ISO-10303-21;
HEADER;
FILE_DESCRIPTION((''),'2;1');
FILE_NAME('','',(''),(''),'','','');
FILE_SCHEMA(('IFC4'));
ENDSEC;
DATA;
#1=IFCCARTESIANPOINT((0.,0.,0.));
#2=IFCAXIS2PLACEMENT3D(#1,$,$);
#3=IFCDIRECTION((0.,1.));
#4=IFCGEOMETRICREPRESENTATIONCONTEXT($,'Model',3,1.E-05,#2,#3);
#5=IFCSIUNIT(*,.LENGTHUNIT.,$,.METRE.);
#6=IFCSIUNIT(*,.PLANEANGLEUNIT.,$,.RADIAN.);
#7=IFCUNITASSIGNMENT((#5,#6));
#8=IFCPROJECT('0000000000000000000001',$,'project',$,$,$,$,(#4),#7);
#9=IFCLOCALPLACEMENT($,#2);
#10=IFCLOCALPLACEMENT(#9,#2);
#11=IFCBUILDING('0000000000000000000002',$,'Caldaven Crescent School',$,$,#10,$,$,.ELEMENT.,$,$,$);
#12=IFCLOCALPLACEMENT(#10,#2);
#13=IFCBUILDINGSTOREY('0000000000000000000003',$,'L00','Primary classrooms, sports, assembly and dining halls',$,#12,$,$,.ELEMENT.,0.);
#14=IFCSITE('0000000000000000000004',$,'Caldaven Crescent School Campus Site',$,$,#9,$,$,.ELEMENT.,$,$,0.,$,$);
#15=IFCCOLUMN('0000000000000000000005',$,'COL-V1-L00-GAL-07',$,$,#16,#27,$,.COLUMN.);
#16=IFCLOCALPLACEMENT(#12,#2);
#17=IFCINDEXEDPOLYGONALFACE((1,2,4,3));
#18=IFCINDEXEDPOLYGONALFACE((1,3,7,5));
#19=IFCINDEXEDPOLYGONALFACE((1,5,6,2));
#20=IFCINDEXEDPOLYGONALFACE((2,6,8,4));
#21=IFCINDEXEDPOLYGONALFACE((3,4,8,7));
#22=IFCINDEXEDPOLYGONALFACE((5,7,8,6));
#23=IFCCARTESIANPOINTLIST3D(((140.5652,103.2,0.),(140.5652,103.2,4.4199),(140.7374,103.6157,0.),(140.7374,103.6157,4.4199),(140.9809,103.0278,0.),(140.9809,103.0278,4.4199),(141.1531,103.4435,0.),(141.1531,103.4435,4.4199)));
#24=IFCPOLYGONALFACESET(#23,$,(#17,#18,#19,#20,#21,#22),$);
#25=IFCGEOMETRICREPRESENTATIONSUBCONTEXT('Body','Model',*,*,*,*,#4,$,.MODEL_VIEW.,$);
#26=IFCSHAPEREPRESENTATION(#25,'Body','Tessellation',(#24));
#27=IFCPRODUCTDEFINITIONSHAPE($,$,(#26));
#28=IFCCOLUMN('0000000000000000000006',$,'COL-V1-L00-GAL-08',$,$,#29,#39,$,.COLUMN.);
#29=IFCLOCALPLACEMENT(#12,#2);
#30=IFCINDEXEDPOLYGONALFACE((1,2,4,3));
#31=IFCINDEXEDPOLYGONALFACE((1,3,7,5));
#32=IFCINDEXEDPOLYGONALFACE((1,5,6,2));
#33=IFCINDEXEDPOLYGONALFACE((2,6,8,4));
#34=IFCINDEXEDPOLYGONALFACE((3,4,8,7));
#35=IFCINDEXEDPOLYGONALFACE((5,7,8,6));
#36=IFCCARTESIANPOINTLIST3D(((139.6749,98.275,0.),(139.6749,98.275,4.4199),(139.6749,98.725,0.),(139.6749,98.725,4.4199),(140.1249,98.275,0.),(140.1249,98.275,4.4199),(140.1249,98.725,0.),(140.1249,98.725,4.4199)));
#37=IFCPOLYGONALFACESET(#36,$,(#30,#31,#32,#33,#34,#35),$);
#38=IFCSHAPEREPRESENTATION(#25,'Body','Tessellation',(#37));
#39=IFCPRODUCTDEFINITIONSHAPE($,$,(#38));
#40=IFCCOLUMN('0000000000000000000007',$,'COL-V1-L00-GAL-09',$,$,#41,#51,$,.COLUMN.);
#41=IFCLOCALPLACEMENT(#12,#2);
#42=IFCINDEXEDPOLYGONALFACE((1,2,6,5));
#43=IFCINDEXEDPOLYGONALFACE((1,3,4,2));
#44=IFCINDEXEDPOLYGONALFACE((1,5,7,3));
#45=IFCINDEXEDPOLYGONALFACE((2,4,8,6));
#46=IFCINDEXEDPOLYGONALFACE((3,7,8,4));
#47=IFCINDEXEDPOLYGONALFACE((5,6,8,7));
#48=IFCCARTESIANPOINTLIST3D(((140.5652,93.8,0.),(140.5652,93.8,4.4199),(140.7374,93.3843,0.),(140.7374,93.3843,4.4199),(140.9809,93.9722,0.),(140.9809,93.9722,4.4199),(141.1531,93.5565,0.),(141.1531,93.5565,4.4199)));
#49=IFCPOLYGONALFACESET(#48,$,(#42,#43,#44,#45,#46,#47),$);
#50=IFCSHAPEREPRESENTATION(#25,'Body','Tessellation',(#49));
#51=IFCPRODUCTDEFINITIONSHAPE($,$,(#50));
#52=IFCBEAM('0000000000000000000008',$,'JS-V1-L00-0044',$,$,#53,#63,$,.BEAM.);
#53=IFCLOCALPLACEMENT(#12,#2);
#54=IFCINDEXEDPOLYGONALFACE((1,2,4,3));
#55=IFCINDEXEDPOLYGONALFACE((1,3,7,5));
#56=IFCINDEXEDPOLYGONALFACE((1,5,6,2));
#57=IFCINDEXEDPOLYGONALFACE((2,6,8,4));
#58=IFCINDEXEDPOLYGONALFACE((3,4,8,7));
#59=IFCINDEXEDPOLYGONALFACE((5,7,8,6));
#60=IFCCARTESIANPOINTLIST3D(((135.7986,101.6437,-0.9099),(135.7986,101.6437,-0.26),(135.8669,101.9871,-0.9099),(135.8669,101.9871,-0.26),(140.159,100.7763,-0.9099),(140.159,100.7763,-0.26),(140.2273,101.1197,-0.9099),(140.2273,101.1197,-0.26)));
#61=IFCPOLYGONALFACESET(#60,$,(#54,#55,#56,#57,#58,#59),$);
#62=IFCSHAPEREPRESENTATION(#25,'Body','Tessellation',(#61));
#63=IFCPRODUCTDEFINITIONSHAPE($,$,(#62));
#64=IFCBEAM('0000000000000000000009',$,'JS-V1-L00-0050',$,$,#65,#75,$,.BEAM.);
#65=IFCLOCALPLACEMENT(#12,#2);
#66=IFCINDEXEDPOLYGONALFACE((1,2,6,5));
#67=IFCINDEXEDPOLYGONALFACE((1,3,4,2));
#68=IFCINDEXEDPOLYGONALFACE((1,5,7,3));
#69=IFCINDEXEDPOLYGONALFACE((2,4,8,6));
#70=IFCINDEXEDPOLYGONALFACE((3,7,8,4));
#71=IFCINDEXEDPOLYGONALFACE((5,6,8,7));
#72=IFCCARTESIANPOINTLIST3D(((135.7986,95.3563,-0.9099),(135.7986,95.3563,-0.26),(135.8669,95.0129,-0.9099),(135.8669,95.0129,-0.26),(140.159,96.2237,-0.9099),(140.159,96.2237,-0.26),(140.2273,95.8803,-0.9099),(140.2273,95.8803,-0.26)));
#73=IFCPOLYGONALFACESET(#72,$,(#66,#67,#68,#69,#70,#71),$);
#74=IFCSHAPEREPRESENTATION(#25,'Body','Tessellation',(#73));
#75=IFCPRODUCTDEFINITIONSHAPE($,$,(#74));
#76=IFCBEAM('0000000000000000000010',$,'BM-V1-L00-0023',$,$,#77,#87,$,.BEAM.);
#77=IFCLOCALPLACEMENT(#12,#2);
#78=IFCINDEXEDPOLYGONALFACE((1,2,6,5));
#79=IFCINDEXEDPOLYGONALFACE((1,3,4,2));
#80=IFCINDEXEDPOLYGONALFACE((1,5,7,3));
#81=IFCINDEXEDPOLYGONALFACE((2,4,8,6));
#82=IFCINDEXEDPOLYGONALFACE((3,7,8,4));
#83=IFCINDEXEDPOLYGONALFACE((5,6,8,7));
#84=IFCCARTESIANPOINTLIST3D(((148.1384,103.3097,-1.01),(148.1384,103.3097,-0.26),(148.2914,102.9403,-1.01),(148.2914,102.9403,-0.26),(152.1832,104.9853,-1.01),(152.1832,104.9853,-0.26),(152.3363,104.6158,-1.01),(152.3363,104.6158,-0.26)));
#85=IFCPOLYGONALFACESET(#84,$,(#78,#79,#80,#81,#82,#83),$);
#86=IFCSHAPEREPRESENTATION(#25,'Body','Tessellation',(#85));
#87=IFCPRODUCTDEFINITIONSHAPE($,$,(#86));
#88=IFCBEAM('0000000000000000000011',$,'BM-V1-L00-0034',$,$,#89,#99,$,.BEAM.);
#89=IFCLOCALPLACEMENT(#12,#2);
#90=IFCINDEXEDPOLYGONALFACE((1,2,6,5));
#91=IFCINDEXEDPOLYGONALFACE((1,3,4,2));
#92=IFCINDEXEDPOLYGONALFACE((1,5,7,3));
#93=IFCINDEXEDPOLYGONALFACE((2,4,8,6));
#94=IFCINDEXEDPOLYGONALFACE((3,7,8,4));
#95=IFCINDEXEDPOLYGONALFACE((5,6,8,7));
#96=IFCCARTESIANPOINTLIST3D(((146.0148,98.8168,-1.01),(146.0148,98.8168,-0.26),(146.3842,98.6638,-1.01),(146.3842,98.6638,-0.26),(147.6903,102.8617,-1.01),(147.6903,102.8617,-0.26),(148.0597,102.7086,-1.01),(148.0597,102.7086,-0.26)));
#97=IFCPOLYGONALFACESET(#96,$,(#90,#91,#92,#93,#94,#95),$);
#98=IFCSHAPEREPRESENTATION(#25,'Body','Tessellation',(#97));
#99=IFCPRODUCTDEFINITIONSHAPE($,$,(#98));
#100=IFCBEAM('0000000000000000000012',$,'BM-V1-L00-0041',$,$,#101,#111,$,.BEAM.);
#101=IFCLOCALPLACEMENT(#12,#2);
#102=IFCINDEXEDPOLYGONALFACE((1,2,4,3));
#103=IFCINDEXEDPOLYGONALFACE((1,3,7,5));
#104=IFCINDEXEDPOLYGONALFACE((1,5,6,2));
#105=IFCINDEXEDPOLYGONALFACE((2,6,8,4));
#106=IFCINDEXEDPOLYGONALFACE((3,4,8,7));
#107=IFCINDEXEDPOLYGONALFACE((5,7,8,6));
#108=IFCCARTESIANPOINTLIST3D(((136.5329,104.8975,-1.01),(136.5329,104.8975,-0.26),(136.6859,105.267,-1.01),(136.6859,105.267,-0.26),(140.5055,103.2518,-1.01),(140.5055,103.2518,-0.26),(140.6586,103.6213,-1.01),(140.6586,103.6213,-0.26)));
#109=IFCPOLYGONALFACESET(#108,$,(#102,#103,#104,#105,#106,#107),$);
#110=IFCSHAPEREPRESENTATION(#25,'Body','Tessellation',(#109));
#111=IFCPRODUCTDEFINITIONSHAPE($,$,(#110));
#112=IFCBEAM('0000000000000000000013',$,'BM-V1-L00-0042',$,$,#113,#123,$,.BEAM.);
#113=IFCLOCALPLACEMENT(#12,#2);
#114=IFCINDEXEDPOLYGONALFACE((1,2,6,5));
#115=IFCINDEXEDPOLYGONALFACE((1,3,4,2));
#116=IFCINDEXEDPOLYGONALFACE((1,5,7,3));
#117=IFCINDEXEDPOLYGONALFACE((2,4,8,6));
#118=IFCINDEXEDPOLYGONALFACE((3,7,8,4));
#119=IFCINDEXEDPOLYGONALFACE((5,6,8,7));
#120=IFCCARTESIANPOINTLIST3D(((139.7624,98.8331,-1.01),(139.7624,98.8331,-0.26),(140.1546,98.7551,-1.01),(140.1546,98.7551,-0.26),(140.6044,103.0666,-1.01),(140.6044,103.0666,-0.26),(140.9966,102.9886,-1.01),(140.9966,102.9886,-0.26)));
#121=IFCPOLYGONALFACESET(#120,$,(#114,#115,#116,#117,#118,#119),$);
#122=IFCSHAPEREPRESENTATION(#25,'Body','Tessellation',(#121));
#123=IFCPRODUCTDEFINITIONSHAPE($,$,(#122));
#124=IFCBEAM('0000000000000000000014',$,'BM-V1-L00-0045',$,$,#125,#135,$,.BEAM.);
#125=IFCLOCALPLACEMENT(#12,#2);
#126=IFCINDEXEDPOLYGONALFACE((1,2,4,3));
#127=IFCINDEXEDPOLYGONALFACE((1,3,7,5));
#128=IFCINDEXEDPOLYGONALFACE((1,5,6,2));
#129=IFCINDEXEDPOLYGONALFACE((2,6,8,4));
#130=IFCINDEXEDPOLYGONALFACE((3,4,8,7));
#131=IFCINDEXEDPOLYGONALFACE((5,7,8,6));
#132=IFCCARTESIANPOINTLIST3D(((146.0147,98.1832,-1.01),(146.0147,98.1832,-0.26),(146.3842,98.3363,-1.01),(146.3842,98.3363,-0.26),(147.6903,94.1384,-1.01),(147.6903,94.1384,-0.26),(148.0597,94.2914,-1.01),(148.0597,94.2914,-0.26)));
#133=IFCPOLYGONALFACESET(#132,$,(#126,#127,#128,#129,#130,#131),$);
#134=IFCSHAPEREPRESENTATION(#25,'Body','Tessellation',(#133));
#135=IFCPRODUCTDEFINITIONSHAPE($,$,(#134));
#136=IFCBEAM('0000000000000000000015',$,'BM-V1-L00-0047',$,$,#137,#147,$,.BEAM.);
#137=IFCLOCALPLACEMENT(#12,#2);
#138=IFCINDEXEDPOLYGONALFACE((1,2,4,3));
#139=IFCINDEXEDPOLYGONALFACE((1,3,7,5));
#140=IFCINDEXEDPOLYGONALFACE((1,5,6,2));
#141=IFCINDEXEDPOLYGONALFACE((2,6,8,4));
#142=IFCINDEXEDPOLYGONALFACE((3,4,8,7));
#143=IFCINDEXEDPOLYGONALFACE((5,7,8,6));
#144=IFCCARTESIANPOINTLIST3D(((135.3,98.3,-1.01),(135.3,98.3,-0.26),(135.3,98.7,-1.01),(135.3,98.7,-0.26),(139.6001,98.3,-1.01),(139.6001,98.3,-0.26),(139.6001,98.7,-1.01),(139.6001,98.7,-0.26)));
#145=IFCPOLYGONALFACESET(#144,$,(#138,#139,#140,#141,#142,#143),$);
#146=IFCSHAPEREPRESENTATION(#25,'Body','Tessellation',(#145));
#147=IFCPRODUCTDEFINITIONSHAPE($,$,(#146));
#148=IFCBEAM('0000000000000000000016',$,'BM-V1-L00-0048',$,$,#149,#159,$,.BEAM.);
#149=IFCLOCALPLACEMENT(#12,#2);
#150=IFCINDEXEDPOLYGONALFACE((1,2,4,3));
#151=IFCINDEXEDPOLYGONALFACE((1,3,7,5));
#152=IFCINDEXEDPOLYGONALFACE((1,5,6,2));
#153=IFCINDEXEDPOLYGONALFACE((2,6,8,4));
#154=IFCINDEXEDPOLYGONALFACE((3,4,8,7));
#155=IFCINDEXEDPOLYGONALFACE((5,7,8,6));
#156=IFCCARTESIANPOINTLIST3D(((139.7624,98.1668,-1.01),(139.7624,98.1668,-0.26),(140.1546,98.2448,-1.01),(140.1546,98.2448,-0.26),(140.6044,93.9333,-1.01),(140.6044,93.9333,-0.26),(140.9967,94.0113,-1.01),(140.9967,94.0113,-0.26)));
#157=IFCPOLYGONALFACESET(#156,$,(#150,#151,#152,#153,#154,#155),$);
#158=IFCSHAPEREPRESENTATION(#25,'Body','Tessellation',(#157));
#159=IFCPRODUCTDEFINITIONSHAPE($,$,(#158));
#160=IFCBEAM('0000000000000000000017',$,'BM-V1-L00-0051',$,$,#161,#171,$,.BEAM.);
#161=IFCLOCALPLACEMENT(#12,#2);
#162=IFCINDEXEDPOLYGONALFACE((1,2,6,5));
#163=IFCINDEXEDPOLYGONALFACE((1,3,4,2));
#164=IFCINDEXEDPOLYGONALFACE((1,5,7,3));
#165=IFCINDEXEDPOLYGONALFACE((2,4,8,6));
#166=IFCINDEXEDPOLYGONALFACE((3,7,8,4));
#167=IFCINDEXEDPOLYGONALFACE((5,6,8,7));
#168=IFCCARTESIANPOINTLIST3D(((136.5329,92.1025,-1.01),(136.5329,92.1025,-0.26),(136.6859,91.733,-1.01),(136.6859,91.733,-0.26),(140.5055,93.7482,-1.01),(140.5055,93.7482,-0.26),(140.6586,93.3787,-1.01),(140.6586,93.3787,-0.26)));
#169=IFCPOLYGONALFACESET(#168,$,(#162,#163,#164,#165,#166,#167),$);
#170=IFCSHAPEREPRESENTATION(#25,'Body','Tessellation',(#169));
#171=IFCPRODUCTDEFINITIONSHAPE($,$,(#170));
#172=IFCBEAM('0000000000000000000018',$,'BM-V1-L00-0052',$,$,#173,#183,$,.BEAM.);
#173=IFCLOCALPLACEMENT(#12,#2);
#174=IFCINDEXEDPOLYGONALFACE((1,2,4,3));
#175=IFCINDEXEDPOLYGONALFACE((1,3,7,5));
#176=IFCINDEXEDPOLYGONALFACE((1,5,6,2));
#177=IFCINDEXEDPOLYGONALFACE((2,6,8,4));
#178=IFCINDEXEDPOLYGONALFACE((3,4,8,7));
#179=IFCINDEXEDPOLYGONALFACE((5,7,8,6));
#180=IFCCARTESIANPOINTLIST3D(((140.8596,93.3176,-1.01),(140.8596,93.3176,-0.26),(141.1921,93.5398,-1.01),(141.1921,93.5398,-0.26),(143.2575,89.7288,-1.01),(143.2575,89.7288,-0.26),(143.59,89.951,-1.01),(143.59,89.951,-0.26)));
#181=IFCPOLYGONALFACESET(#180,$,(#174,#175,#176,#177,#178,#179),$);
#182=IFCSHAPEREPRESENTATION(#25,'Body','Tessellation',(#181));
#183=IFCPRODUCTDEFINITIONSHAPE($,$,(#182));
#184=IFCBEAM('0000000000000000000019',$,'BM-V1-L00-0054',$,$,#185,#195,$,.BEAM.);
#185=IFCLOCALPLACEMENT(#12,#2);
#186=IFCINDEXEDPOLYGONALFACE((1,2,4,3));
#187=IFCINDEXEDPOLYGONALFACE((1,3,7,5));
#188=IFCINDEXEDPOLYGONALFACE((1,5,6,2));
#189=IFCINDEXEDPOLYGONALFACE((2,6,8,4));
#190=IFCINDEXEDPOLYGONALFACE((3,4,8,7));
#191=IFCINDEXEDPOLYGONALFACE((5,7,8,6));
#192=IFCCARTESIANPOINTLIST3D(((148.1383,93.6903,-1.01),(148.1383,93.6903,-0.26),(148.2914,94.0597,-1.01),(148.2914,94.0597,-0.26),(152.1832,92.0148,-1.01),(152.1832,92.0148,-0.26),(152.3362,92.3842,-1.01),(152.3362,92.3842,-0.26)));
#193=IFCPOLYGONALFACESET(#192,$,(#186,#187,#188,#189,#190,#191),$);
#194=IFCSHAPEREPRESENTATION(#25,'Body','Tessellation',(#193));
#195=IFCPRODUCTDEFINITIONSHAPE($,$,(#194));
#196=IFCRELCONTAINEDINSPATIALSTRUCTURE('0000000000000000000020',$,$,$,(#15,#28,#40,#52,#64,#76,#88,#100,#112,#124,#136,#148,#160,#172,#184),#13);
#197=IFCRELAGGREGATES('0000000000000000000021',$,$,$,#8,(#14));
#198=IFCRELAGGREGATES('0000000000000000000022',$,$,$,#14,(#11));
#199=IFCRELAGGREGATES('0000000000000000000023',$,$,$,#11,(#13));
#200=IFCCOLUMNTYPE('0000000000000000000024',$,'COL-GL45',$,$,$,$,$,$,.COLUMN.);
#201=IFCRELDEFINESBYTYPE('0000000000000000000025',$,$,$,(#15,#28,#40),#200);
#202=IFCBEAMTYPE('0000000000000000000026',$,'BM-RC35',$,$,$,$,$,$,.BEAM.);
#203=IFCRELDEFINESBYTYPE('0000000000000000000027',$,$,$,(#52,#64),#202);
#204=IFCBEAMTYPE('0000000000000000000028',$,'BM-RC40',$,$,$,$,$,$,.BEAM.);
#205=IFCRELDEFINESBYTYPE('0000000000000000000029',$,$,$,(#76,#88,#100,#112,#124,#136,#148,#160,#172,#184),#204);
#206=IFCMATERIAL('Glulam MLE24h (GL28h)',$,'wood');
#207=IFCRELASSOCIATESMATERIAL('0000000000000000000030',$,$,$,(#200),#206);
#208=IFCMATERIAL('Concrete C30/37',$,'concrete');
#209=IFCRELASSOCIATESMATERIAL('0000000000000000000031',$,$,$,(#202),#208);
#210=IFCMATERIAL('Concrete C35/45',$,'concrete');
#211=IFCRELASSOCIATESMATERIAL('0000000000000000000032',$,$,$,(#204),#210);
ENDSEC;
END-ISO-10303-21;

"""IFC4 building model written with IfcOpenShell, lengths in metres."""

from ifc_helpers import new_model, si_unit, direction, frame, origin, origin_2d, place, context, subcontext, project, spatial, rectangle, extrude, material, material_profile, profile_set, type_object, element, save


model = new_model("IFC4")

# Units and contexts
model_context = context("Model", 3, precision=1e-05, world=origin(), true_north=direction((0.0, 1.0)))
body_context = subcontext(model_context, "Body", "Model", "MODEL_VIEW")
ifc_project = project(units=[si_unit("LENGTHUNIT", "METRE"), si_unit("PLANEANGLEUNIT", "RADIAN")], contexts=[model_context])

# Site, building, storey
site_placement = place(None, origin())
site = spatial("IfcSite", under=ifc_project, at=site_placement, Name="Caldaven Crescent School Campus Site", CompositionType="ELEMENT", RefElevation=0.0)
building_placement = place(site_placement, origin())
building = spatial("IfcBuilding", under=site, at=building_placement, Name="Caldaven Crescent School", CompositionType="ELEMENT")
storey_placement = place(building_placement, origin())
storey = spatial("IfcBuildingStorey", under=building, at=storey_placement, Name="L00", Description="Primary classrooms, sports, assembly and dining halls", CompositionType="ELEMENT", Elevation=0.0)

# Columns
ifc_material_1 = material(Name="Glulam MLE24h (GL28h)", Category="wood")
ifc_material_profile_1 = material_profile(ifc_material_1, rectangle(XDim=0.45, YDim=0.45, at=origin_2d()), Name="MLE 450x450")
ifc_profile_set_1 = profile_set([ifc_material_profile_1], Name="Glulam MLE24h (GL28h)")
column_type = type_object("IfcColumnType", Name="COL-GL45", PredefinedType="COLUMN", material=ifc_profile_set_1)
for number, where, z_axis, x_axis, name in (
    (1, (140.8591, 103.3218, 0.0), (0.0, 0.0, 1.0), (-0.92388, 0.382683, 0.0), "COL-V1-L00-GAL-07"),
    (2, (139.8999, 98.5, 0.0), (0.0, 0.0, 1.0), (-1.0, 0.0, 0.0), "COL-V1-L00-GAL-08"),
    (3, (140.8591, 93.6782, 0.0), (0.0, 0.0, 1.0), (-0.92388, -0.382683, 0.0), "COL-V1-L00-GAL-09"),
):
    element("IfcColumn", number, at=place(storey_placement, frame(where, z_axis=z_axis, x_axis=x_axis)), inside=storey, type_object=column_type, Name=name, PredefinedType="COLUMN", context=body_context, shape_type="SweptSolid", body=[
        extrude(rectangle(XDim=0.45, YDim=0.45, at=origin_2d()), origin(), (0.0, 0.0, 1.0), 4.4199),
    ])

# Beams
ifc_material_2 = material(Name="Concrete C30/37", Category="concrete")
ifc_material_profile_2 = material_profile(ifc_material_2, rectangle(XDim=0.3501, YDim=0.6499, at=origin_2d()), Name="RC 350x650")
ifc_profile_set_2 = profile_set([ifc_material_profile_2], Name="Concrete C30/37")
beam_type_1 = type_object("IfcBeamType", Name="BM-RC35", PredefinedType="BEAM", material=ifc_profile_set_2)
for number, where, z_axis, x_axis, name in (
    (4, (140.1931, 100.948, -0.585), (-0.980781, 0.195113, 0.0), (-0.195113, -0.980781, 0.0), "JS-V1-L00-0044"),
    (5, (140.1931, 96.052, -0.585), (-0.980781, -0.195113, 0.0), (0.195113, -0.980781, 0.0), "JS-V1-L00-0050"),
):
    element("IfcBeam", number, at=place(storey_placement, frame(where, z_axis=z_axis, x_axis=x_axis)), inside=storey, type_object=beam_type_1, Name=name, PredefinedType="BEAM", context=body_context, shape_type="SweptSolid", body=[
        extrude(rectangle(XDim=0.3501, YDim=0.6499, at=origin_2d()), origin(), (0.0, 0.0, 1.0), 4.4458),
    ])
ifc_material_3 = material(Name="Concrete C35/45", Category="concrete")
ifc_material_profile_3 = material_profile(ifc_material_3, rectangle(XDim=0.3999, YDim=0.75, at=origin_2d()), Name="RC 400x750")
ifc_profile_set_3 = profile_set([ifc_material_profile_3], Name="Concrete C35/45")
beam_type_2 = type_object("IfcBeamType", Name="BM-RC40", PredefinedType="BEAM", material=ifc_profile_set_3)
for number, where, z_axis, x_axis, name in (
    (6, (152.2598, 104.8005, -0.635), (-0.923873, -0.382698, 0.0), (0.382698, -0.923873, 0.0), "BM-V1-L00-0023"),
    (7, (147.875, 102.7852, -0.635), (-0.382698, -0.923873, 0.0), (0.923873, -0.382698, 0.0), "BM-V1-L00-0034"),
):
    element("IfcBeam", number, at=place(storey_placement, frame(where, z_axis=z_axis, x_axis=x_axis)), inside=storey, type_object=beam_type_2, Name=name, PredefinedType="BEAM", context=body_context, shape_type="SweptSolid", body=[
        extrude(rectangle(XDim=0.3999, YDim=0.75, at=origin_2d()), origin(), (0.0, 0.0, 1.0), 4.3782),
    ])
beam_1_placement = place(storey_placement, frame((140.582, 103.4365, -0.635), z_axis=(-0.923861, 0.382728, 0.0), x_axis=(-0.382728, -0.923861, 0.0)))
element("IfcBeam", 8, at=beam_1_placement, inside=storey, type_object=beam_type_2, Name="BM-V1-L00-0041", PredefinedType="BEAM", context=body_context, shape_type="SweptSolid", body=[
    extrude(rectangle(XDim=0.3999, YDim=0.75, at=origin_2d()), origin(), (0.0, 0.0, 1.0), 4.3),
])
beam_2_placement = place(storey_placement, frame((140.8005, 103.0276, -0.635), z_axis=(-0.195083, -0.980787, 0.0), x_axis=(0.980787, -0.195083, 0.0)))
element("IfcBeam", 9, at=beam_2_placement, inside=storey, type_object=beam_type_2, Name="BM-V1-L00-0042", PredefinedType="BEAM", context=body_context, shape_type="SweptSolid", body=[
    extrude(rectangle(XDim=0.3999, YDim=0.75, at=origin_2d()), origin(), (0.0, 0.0, 1.0), 4.3164),
])
beam_3_placement = place(storey_placement, frame((146.1995, 98.2598, -0.635), z_axis=(0.382698, -0.923873, 0.0), x_axis=(0.923873, 0.382698, 0.0)))
element("IfcBeam", 10, at=beam_3_placement, inside=storey, type_object=beam_type_2, Name="BM-V1-L00-0045", PredefinedType="BEAM", context=body_context, shape_type="SweptSolid", body=[
    extrude(rectangle(XDim=0.3999, YDim=0.75, at=origin_2d()), origin(), (0.0, 0.0, 1.0), 4.3782),
])
beam_4_placement = place(storey_placement, frame((139.6001, 98.5, -0.635), z_axis=(-1.0, 0.0, 0.0), x_axis=(0.0, -1.0, 0.0)))
element("IfcBeam", 11, at=beam_4_placement, inside=storey, type_object=beam_type_2, Name="BM-V1-L00-0047", PredefinedType="BEAM", context=body_context, shape_type="SweptSolid", body=[
    extrude(rectangle(XDim=0.3999, YDim=0.75, at=origin_2d()), origin(), (0.0, 0.0, 1.0), 4.3),
])
beam_5_placement = place(storey_placement, frame((139.9585, 98.2058, -0.635), z_axis=(0.195083, -0.980787, 0.0), x_axis=(0.980787, 0.195083, 0.0)))
element("IfcBeam", 12, at=beam_5_placement, inside=storey, type_object=beam_type_2, Name="BM-V1-L00-0048", PredefinedType="BEAM", context=body_context, shape_type="SweptSolid", body=[
    extrude(rectangle(XDim=0.3999, YDim=0.75, at=origin_2d()), origin(), (0.0, 0.0, 1.0), 4.3164),
])
beam_6_placement = place(storey_placement, frame((140.582, 93.5635, -0.635), z_axis=(-0.923861, -0.382728, 0.0), x_axis=(0.382728, -0.923861, 0.0)))
element("IfcBeam", 13, at=beam_6_placement, inside=storey, type_object=beam_type_2, Name="BM-V1-L00-0051", PredefinedType="BEAM", context=body_context, shape_type="SweptSolid", body=[
    extrude(rectangle(XDim=0.3999, YDim=0.75, at=origin_2d()), origin(), (0.0, 0.0, 1.0), 4.3),
])
beam_7_placement = place(storey_placement, frame((141.0259, 93.4287, -0.635), z_axis=(0.555561, -0.831476, 0.0), x_axis=(0.831476, 0.555561, 0.0)))
element("IfcBeam", 14, at=beam_7_placement, inside=storey, type_object=beam_type_2, Name="BM-V1-L00-0052", PredefinedType="BEAM", context=body_context, shape_type="SweptSolid", body=[
    extrude(rectangle(XDim=0.3999, YDim=0.75, at=origin_2d()), origin(), (0.0, 0.0, 1.0), 4.3162),
])
beam_8_placement = place(storey_placement, frame((148.2148, 93.875, -0.635), z_axis=(0.923873, -0.382698, 0.0), x_axis=(0.382698, 0.923873, 0.0)))
element("IfcBeam", 15, at=beam_8_placement, inside=storey, type_object=beam_type_2, Name="BM-V1-L00-0054", PredefinedType="BEAM", context=body_context, shape_type="SweptSolid", body=[
    extrude(rectangle(XDim=0.3999, YDim=0.75, at=origin_2d()), origin(), (0.0, 0.0, 1.0), 4.3782),
])

save(model, "model.ifc")
